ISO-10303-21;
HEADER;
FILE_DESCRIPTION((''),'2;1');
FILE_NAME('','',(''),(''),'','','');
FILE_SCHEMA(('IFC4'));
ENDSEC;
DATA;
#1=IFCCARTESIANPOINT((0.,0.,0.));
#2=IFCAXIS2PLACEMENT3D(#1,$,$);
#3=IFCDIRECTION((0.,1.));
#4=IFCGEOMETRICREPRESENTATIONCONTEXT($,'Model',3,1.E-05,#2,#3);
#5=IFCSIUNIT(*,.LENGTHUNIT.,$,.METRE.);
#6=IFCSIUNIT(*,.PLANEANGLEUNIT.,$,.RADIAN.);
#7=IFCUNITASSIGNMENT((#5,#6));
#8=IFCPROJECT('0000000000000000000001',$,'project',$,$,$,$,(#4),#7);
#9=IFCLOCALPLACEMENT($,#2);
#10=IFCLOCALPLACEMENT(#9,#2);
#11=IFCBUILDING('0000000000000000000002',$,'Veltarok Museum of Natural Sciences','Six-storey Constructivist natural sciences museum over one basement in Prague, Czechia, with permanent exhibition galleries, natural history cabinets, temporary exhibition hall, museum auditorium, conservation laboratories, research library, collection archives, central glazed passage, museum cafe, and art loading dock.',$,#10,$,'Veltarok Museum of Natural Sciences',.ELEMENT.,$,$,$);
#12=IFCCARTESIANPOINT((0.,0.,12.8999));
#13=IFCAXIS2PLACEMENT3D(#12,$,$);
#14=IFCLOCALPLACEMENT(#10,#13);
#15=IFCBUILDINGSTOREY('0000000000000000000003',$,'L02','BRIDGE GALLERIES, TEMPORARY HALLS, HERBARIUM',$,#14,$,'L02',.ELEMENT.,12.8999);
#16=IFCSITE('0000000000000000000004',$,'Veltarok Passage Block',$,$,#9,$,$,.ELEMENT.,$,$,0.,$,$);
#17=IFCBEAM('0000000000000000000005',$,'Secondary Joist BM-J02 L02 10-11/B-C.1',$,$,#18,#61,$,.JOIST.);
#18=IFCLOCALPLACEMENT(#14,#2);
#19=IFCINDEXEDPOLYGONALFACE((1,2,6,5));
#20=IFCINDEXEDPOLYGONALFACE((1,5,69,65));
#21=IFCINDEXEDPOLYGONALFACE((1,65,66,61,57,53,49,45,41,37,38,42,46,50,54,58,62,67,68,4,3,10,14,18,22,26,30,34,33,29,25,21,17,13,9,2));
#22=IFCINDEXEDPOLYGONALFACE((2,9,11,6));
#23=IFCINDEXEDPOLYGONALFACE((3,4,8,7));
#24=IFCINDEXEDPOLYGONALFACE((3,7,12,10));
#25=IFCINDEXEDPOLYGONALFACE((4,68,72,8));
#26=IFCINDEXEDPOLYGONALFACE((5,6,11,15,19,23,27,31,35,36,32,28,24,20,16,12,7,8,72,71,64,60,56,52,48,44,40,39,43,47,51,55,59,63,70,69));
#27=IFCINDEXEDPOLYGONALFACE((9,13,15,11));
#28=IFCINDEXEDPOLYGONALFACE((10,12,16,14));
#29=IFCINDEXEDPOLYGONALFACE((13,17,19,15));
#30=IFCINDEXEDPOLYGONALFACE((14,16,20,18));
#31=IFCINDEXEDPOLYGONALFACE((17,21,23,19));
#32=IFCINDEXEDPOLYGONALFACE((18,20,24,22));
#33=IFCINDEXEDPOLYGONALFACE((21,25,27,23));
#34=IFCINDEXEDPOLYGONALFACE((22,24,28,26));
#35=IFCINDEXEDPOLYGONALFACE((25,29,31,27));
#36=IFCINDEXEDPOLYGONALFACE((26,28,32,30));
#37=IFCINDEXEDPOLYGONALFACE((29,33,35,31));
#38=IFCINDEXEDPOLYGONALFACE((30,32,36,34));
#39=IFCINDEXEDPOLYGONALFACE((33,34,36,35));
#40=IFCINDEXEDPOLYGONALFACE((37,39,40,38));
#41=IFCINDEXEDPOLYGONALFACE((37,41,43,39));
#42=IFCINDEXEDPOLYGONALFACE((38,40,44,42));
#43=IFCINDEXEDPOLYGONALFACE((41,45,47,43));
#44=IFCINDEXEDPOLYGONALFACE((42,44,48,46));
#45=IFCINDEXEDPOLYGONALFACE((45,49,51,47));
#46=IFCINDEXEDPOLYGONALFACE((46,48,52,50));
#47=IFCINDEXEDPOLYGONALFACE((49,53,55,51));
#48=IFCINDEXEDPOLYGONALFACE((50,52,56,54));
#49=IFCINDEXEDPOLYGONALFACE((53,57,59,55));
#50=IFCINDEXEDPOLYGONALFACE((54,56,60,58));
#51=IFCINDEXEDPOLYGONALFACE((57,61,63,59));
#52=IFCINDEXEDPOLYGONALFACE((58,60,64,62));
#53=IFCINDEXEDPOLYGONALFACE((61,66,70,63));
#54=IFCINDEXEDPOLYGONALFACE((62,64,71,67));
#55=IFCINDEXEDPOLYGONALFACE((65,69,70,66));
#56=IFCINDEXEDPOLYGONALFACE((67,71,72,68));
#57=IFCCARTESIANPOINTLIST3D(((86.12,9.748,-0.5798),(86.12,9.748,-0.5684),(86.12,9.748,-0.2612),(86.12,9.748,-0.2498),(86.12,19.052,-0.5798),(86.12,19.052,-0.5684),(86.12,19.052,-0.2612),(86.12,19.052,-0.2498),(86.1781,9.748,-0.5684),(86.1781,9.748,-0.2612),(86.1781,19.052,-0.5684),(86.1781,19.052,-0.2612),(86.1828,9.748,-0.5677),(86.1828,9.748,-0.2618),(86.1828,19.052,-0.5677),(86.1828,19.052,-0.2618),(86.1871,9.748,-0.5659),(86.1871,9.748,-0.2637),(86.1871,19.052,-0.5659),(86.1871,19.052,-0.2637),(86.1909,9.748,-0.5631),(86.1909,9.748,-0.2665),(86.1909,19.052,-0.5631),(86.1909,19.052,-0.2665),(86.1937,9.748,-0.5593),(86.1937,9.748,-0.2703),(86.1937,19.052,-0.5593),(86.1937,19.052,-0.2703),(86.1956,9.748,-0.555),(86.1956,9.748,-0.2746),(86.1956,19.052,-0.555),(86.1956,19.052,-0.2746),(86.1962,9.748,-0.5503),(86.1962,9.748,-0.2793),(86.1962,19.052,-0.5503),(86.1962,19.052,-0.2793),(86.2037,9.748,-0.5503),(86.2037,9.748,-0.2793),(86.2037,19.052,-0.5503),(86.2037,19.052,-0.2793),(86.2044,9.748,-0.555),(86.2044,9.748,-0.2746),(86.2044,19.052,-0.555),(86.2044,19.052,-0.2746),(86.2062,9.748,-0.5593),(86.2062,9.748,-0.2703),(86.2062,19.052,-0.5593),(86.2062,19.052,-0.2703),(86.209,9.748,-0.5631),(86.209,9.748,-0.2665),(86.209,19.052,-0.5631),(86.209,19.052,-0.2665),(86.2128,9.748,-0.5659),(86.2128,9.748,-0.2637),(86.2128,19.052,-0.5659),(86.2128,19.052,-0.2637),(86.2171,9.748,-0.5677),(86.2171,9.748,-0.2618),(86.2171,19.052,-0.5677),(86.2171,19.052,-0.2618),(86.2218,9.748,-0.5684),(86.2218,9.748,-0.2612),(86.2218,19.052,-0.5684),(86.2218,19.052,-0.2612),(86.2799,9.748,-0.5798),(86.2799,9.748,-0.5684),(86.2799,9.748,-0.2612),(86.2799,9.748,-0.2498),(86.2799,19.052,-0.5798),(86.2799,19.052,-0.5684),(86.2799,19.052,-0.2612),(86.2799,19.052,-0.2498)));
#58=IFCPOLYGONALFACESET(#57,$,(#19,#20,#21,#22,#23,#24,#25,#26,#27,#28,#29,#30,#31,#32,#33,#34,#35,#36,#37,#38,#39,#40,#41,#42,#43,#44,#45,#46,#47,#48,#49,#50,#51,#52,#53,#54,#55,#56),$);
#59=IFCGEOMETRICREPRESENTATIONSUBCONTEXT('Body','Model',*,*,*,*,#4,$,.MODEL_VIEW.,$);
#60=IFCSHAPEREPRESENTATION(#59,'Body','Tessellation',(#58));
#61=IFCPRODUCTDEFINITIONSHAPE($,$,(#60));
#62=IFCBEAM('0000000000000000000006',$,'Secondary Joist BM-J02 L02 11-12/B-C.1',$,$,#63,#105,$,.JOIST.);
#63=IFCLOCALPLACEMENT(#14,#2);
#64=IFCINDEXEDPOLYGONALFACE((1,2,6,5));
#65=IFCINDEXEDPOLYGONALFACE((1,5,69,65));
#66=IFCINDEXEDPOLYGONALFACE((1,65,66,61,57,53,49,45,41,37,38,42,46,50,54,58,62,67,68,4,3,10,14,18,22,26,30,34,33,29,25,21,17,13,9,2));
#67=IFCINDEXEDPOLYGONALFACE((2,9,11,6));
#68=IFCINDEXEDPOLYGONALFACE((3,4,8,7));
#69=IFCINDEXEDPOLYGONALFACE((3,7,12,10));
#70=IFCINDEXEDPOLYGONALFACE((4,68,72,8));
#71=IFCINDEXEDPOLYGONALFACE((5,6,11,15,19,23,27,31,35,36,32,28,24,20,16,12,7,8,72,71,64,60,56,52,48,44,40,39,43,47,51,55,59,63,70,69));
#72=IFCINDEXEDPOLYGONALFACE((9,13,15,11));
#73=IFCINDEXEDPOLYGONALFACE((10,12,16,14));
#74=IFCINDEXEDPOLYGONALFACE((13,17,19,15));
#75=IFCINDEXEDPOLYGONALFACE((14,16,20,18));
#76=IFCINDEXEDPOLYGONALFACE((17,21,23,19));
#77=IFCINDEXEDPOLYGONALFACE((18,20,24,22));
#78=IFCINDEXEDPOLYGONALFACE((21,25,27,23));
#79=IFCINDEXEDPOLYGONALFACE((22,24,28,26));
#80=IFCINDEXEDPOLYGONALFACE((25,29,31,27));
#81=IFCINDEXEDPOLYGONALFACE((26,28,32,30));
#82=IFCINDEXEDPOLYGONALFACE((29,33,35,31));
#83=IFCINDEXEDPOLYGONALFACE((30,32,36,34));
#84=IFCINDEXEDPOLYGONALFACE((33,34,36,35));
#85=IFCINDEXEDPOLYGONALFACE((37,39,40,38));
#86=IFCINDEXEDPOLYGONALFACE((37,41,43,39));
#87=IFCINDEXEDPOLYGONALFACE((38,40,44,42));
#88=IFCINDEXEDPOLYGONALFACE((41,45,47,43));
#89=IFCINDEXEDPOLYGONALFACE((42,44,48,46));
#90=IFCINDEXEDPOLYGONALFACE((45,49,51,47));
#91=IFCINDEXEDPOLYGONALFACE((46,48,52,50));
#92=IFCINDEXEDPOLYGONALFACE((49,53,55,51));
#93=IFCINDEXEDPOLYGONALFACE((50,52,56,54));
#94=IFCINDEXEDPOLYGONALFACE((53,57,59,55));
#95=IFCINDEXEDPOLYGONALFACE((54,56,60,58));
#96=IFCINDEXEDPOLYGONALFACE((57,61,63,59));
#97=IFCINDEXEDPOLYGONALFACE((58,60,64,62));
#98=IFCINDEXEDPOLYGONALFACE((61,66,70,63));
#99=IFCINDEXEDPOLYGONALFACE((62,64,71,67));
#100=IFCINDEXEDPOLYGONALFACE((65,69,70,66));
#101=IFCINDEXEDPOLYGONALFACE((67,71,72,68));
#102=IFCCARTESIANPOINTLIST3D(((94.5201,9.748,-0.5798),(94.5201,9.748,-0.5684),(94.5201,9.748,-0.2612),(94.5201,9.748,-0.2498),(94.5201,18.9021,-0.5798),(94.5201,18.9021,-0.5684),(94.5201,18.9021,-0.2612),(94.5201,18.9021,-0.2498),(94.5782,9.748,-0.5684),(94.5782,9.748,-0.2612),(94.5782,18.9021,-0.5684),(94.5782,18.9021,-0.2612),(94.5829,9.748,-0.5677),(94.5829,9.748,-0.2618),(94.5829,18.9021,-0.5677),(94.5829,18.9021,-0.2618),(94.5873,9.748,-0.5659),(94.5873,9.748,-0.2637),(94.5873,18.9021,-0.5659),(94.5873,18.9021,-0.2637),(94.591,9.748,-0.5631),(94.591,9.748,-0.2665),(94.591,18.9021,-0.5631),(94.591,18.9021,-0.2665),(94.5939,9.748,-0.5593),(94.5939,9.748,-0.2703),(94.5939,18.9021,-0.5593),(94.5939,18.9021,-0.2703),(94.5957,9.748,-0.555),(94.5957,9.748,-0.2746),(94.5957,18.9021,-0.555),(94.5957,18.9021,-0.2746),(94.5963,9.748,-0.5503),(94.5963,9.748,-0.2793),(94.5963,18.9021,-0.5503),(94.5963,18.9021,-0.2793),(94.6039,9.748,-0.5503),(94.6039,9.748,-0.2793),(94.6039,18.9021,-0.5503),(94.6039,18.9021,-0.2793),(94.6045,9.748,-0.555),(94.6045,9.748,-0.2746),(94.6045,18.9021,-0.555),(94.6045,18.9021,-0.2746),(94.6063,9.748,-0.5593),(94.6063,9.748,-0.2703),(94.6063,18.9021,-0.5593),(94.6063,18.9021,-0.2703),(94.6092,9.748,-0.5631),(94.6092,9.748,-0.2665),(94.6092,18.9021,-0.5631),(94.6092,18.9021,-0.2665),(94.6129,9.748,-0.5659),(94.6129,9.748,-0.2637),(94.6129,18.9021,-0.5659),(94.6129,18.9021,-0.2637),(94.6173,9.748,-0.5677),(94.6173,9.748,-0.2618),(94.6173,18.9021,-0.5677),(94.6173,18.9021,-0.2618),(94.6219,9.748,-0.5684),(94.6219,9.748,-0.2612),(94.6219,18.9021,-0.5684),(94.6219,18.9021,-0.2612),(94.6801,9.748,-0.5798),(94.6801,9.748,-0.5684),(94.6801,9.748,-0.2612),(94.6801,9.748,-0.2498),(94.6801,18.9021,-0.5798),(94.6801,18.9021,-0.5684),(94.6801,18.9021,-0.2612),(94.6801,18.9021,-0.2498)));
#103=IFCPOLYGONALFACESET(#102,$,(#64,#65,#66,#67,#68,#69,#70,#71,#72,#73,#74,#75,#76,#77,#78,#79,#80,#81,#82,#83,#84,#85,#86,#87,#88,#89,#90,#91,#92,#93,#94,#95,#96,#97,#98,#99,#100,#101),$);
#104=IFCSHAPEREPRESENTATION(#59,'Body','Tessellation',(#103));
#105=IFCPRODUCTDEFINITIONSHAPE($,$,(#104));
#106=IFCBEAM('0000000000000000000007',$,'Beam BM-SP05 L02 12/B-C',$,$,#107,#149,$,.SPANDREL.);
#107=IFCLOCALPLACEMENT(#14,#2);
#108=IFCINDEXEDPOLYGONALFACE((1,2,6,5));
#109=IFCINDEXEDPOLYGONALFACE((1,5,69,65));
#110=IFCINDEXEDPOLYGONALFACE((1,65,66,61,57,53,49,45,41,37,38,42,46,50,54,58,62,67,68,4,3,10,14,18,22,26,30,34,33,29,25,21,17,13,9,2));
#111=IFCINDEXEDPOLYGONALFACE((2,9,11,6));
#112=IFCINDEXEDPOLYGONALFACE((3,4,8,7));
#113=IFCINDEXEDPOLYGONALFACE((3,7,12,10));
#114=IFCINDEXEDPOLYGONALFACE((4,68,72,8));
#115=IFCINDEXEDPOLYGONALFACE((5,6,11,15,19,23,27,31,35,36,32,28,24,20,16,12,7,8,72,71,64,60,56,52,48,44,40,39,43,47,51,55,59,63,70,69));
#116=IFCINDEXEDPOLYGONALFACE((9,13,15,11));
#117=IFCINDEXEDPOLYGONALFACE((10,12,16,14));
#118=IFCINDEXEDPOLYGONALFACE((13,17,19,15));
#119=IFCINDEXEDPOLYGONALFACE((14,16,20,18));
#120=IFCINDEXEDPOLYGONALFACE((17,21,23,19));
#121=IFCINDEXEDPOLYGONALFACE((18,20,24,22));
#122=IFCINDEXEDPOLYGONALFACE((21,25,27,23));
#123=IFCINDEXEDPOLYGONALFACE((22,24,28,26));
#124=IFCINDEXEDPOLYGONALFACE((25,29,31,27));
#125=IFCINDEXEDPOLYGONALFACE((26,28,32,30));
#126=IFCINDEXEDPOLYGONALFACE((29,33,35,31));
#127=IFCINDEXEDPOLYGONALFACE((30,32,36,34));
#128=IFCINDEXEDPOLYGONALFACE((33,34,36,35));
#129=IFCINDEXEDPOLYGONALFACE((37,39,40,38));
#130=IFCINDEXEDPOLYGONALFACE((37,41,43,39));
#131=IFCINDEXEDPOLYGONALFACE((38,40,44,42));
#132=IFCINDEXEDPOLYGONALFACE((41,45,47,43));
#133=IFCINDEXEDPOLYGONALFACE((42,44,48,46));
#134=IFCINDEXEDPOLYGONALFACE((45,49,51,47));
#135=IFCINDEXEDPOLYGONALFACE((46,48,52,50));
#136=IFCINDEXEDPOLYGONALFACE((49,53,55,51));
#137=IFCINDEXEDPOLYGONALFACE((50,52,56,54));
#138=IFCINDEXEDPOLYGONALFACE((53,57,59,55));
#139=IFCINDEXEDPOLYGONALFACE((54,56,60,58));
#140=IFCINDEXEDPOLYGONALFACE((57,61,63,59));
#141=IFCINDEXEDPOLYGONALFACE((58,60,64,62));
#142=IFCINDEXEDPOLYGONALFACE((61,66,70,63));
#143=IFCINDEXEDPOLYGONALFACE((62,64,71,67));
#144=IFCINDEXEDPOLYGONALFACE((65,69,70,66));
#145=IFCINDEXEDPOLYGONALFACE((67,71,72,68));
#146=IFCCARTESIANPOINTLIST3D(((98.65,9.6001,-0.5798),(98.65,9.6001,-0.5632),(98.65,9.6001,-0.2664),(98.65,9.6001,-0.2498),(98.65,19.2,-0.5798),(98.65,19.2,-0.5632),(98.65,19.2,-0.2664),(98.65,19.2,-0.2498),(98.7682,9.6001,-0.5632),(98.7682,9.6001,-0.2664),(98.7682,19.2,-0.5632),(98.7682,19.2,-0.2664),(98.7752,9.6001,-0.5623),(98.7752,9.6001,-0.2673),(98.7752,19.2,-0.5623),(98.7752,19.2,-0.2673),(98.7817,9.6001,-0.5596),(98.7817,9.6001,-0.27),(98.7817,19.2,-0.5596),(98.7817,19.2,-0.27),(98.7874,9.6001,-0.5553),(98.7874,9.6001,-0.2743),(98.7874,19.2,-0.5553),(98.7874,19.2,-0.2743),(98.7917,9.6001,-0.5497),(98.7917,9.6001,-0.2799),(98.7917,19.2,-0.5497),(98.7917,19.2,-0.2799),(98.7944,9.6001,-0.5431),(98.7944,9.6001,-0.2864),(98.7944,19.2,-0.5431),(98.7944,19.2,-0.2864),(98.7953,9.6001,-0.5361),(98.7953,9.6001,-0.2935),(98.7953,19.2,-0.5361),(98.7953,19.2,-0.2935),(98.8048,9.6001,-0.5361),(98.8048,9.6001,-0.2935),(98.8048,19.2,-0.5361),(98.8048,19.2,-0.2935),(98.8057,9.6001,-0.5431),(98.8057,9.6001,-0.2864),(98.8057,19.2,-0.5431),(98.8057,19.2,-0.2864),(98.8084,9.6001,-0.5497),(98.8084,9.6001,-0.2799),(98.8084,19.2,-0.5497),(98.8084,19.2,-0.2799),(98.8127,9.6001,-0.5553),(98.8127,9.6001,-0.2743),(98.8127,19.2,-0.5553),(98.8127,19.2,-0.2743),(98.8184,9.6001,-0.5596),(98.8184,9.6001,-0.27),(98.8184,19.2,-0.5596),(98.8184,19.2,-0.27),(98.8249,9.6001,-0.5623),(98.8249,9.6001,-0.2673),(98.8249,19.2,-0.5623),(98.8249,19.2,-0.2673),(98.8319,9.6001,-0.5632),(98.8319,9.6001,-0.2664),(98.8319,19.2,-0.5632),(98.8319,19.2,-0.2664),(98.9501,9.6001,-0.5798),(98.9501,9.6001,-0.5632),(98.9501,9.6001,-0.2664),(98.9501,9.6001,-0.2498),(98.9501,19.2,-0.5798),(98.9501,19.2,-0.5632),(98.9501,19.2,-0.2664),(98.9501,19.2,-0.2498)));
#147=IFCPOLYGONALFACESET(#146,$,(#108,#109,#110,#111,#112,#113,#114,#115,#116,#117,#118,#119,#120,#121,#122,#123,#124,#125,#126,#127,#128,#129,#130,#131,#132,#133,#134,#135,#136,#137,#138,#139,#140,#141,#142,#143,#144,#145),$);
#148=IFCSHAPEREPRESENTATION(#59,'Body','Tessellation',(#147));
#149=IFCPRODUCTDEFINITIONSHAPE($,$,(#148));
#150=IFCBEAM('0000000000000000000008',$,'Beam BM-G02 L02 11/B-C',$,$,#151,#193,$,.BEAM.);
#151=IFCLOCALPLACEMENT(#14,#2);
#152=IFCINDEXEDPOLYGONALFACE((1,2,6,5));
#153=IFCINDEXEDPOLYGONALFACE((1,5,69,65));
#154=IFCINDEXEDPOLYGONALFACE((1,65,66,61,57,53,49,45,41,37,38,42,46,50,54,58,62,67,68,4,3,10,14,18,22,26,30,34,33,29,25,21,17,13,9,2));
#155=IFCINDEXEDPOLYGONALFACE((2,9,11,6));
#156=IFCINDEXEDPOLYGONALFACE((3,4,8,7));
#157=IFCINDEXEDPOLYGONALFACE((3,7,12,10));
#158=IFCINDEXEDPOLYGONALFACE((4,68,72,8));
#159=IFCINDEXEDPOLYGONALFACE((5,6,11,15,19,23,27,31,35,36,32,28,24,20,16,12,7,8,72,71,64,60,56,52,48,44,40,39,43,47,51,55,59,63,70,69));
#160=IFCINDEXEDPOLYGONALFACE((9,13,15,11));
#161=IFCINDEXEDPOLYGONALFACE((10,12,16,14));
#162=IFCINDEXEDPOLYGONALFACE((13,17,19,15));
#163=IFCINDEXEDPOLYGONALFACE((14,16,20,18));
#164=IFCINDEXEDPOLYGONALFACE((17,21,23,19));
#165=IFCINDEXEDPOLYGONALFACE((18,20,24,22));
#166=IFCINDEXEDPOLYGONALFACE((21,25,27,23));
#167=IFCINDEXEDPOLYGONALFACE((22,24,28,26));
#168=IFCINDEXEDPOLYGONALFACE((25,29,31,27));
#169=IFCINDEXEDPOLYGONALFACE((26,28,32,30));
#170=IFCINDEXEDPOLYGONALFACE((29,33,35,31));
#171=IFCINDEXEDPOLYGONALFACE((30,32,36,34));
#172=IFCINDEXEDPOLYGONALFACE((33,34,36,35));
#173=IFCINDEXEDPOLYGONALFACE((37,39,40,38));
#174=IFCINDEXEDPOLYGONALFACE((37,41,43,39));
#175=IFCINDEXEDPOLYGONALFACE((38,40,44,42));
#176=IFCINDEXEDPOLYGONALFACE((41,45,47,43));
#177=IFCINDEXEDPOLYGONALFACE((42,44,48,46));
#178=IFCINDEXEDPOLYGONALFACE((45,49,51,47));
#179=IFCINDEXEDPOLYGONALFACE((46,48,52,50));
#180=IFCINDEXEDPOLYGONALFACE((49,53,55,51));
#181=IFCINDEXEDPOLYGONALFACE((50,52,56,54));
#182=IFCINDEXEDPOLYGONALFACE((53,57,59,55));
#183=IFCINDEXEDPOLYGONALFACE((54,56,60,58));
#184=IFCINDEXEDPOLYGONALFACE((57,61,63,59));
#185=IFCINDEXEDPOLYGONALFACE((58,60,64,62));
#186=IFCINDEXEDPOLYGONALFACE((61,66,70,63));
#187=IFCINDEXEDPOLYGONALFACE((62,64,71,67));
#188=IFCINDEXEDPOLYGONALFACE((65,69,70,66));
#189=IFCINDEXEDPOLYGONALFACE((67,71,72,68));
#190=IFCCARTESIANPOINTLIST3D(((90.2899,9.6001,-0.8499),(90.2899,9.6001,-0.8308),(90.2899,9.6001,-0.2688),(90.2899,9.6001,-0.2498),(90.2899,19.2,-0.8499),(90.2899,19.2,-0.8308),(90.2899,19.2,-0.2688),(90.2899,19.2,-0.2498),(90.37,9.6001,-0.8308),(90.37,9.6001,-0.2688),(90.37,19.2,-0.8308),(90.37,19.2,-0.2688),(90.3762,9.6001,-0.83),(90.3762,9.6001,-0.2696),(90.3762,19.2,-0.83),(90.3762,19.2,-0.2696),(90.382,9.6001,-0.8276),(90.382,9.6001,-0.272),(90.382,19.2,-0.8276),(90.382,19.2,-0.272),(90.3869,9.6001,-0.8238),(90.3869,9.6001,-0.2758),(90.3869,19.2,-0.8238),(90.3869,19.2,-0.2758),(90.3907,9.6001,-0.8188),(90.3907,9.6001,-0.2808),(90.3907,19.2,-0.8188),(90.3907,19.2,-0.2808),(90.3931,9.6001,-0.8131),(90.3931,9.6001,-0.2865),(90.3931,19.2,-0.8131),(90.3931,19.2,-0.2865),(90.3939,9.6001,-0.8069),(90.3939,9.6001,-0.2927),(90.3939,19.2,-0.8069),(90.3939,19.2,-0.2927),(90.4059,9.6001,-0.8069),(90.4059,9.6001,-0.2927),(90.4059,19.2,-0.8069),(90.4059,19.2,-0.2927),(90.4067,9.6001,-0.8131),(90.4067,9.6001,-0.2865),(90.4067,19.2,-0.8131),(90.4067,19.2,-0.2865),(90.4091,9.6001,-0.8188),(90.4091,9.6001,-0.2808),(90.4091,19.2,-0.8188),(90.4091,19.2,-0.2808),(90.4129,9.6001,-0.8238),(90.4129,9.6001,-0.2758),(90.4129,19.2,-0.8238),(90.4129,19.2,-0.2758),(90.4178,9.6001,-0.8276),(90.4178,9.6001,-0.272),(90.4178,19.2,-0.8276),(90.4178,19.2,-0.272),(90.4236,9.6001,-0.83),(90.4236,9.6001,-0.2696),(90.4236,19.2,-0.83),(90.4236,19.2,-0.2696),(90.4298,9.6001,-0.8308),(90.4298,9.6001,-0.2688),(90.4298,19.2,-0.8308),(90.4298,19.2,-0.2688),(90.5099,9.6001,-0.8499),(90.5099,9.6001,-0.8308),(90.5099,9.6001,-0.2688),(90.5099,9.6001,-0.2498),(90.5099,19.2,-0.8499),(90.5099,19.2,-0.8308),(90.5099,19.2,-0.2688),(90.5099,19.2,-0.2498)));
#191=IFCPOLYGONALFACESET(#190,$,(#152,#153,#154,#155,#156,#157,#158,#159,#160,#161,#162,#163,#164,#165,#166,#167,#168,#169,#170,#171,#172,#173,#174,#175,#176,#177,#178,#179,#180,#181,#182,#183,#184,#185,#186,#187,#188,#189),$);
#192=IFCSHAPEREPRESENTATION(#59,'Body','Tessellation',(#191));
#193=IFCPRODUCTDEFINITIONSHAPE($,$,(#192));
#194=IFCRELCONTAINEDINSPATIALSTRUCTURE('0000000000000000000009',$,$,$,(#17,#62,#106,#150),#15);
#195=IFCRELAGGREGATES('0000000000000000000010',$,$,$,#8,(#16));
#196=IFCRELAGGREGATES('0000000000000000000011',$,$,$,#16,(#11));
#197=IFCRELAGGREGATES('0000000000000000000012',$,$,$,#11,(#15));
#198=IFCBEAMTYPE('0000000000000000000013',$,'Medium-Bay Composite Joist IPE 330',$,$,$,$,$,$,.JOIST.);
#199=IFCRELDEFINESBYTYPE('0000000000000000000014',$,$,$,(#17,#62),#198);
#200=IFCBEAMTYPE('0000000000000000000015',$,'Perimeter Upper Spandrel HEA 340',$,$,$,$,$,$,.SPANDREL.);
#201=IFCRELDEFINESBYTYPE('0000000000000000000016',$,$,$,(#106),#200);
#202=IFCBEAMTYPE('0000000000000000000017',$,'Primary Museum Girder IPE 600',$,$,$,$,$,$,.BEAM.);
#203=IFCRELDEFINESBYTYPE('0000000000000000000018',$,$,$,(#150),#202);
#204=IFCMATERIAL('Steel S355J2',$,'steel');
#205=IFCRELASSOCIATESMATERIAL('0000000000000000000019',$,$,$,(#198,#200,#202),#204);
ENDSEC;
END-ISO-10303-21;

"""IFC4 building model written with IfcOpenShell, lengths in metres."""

from ifc_helpers import new_model, si_unit, direction, frame, origin, origin_2d, place, context, subcontext, project, spatial, i_section, extrude, material, material_profile, profile_set, type_object, element, save


model = new_model("IFC4")

# Units and contexts
model_context = context("Model", 3, precision=1e-05, world=origin(), true_north=direction((0.0, 1.0)))
body_context = subcontext(model_context, "Body", "Model", "MODEL_VIEW")
ifc_project = project(units=[si_unit("LENGTHUNIT", "METRE"), si_unit("PLANEANGLEUNIT", "RADIAN")], contexts=[model_context])

# Site, building, storey
site_placement = place(None, origin())
site = spatial("IfcSite", under=ifc_project, at=site_placement, Name="Veltarok Passage Block", CompositionType="ELEMENT", RefElevation=0.0)
building_placement = place(site_placement, origin())
building = spatial("IfcBuilding", under=site, at=building_placement, Name="Veltarok Museum of Natural Sciences", Description="Six-storey Constructivist natural sciences museum over one basement in Prague, Czechia, with permanent exhibition galleries, natural history cabinets, temporary exhibition hall, museum auditorium, conservation laboratories, research library, collection archives, central glazed passage, museum cafe, and art loading dock.", LongName="Veltarok Museum of Natural Sciences", CompositionType="ELEMENT")
storey_placement = place(building_placement, frame((0.0, 0.0, 12.8999)))
storey = spatial("IfcBuildingStorey", under=building, at=storey_placement, Name="L02", Description="BRIDGE GALLERIES, TEMPORARY HALLS, HERBARIUM", LongName="L02", CompositionType="ELEMENT", Elevation=12.8999)

# Shared definitions
ifc_material_1 = material(Name="Steel S355J2", Category="steel")

# Beams
ifc_material_profile_1 = material_profile(ifc_material_1, i_section(OverallWidth=0.1599, OverallDepth=0.3301, WebThickness=0.0076, FlangeThickness=0.0115, FilletRadius=0.0181, at=origin_2d()), Name="IPE 330")
ifc_profile_set_1 = profile_set([ifc_material_profile_1], Name="Steel S355J2")
beam_type_1 = type_object("IfcBeamType", Name="Medium-Bay Composite Joist IPE 330", PredefinedType="JOIST", material=ifc_profile_set_1)
beam_1_placement = place(storey_placement, frame((86.2, 9.748, -0.4148), z_axis=(0.0, 1.0, 0.0), x_axis=(-1.0, 0.0, 0.0)))
element("IfcBeam", 1, at=beam_1_placement, inside=storey, type_object=beam_type_1, Name="Secondary Joist BM-J02 L02 10-11/B-C.1", PredefinedType="JOIST", context=body_context, shape_type="SweptSolid", body=[
    extrude(i_section(OverallWidth=0.1599, OverallDepth=0.3301, WebThickness=0.0076, FlangeThickness=0.0115, FilletRadius=0.0181, at=origin_2d()), origin(), (0.0, 0.0, 1.0), 9.304),
])
beam_2_placement = place(storey_placement, frame((94.6001, 9.748, -0.4148), z_axis=(0.0, 1.0, 0.0), x_axis=(-1.0, 0.0, 0.0)))
element("IfcBeam", 2, at=beam_2_placement, inside=storey, type_object=beam_type_1, Name="Secondary Joist BM-J02 L02 11-12/B-C.1", PredefinedType="JOIST", context=body_context, shape_type="SweptSolid", body=[
    extrude(i_section(OverallWidth=0.1599, OverallDepth=0.3301, WebThickness=0.0076, FlangeThickness=0.0115, FilletRadius=0.0181, at=origin_2d()), origin(), (0.0, 0.0, 1.0), 9.1541),
])
ifc_material_profile_2 = material_profile(ifc_material_1, i_section(OverallWidth=0.3, OverallDepth=0.3301, WebThickness=0.0095, FlangeThickness=0.0166, FilletRadius=0.0271, at=origin_2d()), Name="HEA 340")
ifc_profile_set_2 = profile_set([ifc_material_profile_2], Name="Steel S355J2")
beam_type_2 = type_object("IfcBeamType", Name="Perimeter Upper Spandrel HEA 340", PredefinedType="SPANDREL", material=ifc_profile_set_2)
beam_3_placement = place(storey_placement, frame((98.8, 9.6001, -0.4148), z_axis=(0.0, 1.0, 0.0), x_axis=(-1.0, 0.0, 0.0)))
element("IfcBeam", 3, at=beam_3_placement, inside=storey, type_object=beam_type_2, Name="Beam BM-SP05 L02 12/B-C", PredefinedType="SPANDREL", context=body_context, shape_type="SweptSolid", body=[
    extrude(i_section(OverallWidth=0.3, OverallDepth=0.3301, WebThickness=0.0095, FlangeThickness=0.0166, FilletRadius=0.0271, at=origin_2d()), origin(), (0.0, 0.0, 1.0), 9.5999),
])
ifc_material_profile_3 = material_profile(ifc_material_1, i_section(OverallWidth=0.22, OverallDepth=0.6001, WebThickness=0.012, FlangeThickness=0.019, FilletRadius=0.0239, at=origin_2d()), Name="IPE 600")
ifc_profile_set_3 = profile_set([ifc_material_profile_3], Name="Steel S355J2")
beam_type_3 = type_object("IfcBeamType", Name="Primary Museum Girder IPE 600", PredefinedType="BEAM", material=ifc_profile_set_3)
beam_4_placement = place(storey_placement, frame((90.3999, 9.6001, -0.5498), z_axis=(0.0, 1.0, 0.0), x_axis=(-1.0, 0.0, 0.0)))
element("IfcBeam", 4, at=beam_4_placement, inside=storey, type_object=beam_type_3, Name="Beam BM-G02 L02 11/B-C", PredefinedType="BEAM", context=body_context, shape_type="SweptSolid", body=[
    extrude(i_section(OverallWidth=0.22, OverallDepth=0.6001, WebThickness=0.012, FlangeThickness=0.019, FilletRadius=0.0239, at=origin_2d()), origin(), (0.0, 0.0, 1.0), 9.5999),
])

save(model, "model.ifc")
